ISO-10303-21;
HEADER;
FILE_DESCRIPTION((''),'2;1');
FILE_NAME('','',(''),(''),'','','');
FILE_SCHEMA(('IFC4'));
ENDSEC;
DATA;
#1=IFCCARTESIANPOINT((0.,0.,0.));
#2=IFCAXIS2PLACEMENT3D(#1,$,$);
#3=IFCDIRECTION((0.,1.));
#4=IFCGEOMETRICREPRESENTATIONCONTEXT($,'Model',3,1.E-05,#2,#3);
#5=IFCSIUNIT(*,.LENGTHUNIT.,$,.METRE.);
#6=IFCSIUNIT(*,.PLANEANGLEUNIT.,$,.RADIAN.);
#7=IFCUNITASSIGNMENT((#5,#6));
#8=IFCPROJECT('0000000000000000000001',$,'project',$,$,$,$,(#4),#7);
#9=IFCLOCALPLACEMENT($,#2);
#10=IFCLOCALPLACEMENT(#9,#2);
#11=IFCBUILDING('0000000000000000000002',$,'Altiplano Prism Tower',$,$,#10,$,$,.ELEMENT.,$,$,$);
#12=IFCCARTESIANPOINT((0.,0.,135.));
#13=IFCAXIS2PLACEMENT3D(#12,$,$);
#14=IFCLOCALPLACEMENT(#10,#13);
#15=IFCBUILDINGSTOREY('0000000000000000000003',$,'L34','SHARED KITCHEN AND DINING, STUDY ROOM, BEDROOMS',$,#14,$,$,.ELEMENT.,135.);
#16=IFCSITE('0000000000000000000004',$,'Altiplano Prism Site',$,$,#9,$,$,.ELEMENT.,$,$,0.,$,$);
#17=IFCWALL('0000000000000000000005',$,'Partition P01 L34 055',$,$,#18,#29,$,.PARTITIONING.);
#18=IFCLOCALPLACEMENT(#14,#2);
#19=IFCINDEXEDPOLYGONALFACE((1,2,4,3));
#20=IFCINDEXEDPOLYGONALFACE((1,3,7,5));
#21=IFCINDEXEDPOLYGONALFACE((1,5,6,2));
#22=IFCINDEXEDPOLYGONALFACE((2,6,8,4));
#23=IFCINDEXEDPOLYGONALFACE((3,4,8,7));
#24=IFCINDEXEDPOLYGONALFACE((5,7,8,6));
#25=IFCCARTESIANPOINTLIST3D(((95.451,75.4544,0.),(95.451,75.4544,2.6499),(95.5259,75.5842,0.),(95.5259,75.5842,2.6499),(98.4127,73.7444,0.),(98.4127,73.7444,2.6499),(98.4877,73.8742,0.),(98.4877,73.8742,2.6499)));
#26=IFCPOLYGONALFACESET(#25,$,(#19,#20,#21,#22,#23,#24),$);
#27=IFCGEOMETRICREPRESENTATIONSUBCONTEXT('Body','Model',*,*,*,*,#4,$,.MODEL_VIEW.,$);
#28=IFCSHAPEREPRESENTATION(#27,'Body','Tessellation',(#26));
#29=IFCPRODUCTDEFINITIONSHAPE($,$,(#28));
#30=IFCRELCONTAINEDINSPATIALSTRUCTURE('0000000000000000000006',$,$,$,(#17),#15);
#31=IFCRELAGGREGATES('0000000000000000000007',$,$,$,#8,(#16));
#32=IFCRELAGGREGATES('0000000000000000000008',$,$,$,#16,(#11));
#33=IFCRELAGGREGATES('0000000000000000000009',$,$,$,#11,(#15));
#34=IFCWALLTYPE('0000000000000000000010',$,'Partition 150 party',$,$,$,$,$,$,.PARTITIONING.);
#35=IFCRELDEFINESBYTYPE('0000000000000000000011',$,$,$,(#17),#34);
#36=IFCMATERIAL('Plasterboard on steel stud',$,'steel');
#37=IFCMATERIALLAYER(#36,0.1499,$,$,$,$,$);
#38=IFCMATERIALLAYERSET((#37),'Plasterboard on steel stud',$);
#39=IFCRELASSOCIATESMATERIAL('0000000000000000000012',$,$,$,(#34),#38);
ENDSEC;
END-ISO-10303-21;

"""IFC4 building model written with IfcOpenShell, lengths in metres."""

from ifc_helpers import new_model, si_unit, direction, frame, frame_2d, origin, place, context, subcontext, project, spatial, rectangle, extrude, material, layer, layer_set, type_object, element, save


model = new_model("IFC4")

# Units and contexts
model_context = context("Model", 3, precision=1e-05, world=origin(), true_north=direction((0.0, 1.0)))
body_context = subcontext(model_context, "Body", "Model", "MODEL_VIEW")
ifc_project = project(units=[si_unit("LENGTHUNIT", "METRE"), si_unit("PLANEANGLEUNIT", "RADIAN")], contexts=[model_context])

# Site, building, storey
site_placement = place(None, origin())
site = spatial("IfcSite", under=ifc_project, at=site_placement, Name="Altiplano Prism Site", CompositionType="ELEMENT", RefElevation=0.0)
building_placement = place(site_placement, origin())
building = spatial("IfcBuilding", under=site, at=building_placement, Name="Altiplano Prism Tower", CompositionType="ELEMENT")
storey_placement = place(building_placement, frame((0.0, 0.0, 135.0)))
storey = spatial("IfcBuildingStorey", under=building, at=storey_placement, Name="L34", Description="SHARED KITCHEN AND DINING, STUDY ROOM, BEDROOMS", CompositionType="ELEMENT", Elevation=135.0)

# Shared definitions
ifc_material_1 = material(Name="Plasterboard on steel stud", Category="steel")

# Wall
ifc_layer_1 = layer(ifc_material_1, 0.1499)
ifc_layer_set_1 = layer_set([ifc_layer_1], Name="Plasterboard on steel stud")
wall_type_1 = type_object("IfcWallType", Name="Partition 150 party", PredefinedType="PARTITIONING", material=ifc_layer_set_1)
wall_1_placement = place(storey_placement, frame((98.4502, 73.8093, 0.0), z_axis=(0.0, 0.0, 1.0), x_axis=(-0.86602, 0.500009, 0.0)))
element("IfcWall", 1, at=wall_1_placement, inside=storey, type_object=wall_type_1, Name="Partition P01 L34 055", PredefinedType="PARTITIONING", context=body_context, shape_type="SweptSolid", body=[
    extrude(rectangle(XDim=3.4199, YDim=0.1499, at=frame_2d((1.71, 0.0))), origin(), (0.0, 0.0, 1.0), 2.6499),
])

save(model, "model.ifc")
